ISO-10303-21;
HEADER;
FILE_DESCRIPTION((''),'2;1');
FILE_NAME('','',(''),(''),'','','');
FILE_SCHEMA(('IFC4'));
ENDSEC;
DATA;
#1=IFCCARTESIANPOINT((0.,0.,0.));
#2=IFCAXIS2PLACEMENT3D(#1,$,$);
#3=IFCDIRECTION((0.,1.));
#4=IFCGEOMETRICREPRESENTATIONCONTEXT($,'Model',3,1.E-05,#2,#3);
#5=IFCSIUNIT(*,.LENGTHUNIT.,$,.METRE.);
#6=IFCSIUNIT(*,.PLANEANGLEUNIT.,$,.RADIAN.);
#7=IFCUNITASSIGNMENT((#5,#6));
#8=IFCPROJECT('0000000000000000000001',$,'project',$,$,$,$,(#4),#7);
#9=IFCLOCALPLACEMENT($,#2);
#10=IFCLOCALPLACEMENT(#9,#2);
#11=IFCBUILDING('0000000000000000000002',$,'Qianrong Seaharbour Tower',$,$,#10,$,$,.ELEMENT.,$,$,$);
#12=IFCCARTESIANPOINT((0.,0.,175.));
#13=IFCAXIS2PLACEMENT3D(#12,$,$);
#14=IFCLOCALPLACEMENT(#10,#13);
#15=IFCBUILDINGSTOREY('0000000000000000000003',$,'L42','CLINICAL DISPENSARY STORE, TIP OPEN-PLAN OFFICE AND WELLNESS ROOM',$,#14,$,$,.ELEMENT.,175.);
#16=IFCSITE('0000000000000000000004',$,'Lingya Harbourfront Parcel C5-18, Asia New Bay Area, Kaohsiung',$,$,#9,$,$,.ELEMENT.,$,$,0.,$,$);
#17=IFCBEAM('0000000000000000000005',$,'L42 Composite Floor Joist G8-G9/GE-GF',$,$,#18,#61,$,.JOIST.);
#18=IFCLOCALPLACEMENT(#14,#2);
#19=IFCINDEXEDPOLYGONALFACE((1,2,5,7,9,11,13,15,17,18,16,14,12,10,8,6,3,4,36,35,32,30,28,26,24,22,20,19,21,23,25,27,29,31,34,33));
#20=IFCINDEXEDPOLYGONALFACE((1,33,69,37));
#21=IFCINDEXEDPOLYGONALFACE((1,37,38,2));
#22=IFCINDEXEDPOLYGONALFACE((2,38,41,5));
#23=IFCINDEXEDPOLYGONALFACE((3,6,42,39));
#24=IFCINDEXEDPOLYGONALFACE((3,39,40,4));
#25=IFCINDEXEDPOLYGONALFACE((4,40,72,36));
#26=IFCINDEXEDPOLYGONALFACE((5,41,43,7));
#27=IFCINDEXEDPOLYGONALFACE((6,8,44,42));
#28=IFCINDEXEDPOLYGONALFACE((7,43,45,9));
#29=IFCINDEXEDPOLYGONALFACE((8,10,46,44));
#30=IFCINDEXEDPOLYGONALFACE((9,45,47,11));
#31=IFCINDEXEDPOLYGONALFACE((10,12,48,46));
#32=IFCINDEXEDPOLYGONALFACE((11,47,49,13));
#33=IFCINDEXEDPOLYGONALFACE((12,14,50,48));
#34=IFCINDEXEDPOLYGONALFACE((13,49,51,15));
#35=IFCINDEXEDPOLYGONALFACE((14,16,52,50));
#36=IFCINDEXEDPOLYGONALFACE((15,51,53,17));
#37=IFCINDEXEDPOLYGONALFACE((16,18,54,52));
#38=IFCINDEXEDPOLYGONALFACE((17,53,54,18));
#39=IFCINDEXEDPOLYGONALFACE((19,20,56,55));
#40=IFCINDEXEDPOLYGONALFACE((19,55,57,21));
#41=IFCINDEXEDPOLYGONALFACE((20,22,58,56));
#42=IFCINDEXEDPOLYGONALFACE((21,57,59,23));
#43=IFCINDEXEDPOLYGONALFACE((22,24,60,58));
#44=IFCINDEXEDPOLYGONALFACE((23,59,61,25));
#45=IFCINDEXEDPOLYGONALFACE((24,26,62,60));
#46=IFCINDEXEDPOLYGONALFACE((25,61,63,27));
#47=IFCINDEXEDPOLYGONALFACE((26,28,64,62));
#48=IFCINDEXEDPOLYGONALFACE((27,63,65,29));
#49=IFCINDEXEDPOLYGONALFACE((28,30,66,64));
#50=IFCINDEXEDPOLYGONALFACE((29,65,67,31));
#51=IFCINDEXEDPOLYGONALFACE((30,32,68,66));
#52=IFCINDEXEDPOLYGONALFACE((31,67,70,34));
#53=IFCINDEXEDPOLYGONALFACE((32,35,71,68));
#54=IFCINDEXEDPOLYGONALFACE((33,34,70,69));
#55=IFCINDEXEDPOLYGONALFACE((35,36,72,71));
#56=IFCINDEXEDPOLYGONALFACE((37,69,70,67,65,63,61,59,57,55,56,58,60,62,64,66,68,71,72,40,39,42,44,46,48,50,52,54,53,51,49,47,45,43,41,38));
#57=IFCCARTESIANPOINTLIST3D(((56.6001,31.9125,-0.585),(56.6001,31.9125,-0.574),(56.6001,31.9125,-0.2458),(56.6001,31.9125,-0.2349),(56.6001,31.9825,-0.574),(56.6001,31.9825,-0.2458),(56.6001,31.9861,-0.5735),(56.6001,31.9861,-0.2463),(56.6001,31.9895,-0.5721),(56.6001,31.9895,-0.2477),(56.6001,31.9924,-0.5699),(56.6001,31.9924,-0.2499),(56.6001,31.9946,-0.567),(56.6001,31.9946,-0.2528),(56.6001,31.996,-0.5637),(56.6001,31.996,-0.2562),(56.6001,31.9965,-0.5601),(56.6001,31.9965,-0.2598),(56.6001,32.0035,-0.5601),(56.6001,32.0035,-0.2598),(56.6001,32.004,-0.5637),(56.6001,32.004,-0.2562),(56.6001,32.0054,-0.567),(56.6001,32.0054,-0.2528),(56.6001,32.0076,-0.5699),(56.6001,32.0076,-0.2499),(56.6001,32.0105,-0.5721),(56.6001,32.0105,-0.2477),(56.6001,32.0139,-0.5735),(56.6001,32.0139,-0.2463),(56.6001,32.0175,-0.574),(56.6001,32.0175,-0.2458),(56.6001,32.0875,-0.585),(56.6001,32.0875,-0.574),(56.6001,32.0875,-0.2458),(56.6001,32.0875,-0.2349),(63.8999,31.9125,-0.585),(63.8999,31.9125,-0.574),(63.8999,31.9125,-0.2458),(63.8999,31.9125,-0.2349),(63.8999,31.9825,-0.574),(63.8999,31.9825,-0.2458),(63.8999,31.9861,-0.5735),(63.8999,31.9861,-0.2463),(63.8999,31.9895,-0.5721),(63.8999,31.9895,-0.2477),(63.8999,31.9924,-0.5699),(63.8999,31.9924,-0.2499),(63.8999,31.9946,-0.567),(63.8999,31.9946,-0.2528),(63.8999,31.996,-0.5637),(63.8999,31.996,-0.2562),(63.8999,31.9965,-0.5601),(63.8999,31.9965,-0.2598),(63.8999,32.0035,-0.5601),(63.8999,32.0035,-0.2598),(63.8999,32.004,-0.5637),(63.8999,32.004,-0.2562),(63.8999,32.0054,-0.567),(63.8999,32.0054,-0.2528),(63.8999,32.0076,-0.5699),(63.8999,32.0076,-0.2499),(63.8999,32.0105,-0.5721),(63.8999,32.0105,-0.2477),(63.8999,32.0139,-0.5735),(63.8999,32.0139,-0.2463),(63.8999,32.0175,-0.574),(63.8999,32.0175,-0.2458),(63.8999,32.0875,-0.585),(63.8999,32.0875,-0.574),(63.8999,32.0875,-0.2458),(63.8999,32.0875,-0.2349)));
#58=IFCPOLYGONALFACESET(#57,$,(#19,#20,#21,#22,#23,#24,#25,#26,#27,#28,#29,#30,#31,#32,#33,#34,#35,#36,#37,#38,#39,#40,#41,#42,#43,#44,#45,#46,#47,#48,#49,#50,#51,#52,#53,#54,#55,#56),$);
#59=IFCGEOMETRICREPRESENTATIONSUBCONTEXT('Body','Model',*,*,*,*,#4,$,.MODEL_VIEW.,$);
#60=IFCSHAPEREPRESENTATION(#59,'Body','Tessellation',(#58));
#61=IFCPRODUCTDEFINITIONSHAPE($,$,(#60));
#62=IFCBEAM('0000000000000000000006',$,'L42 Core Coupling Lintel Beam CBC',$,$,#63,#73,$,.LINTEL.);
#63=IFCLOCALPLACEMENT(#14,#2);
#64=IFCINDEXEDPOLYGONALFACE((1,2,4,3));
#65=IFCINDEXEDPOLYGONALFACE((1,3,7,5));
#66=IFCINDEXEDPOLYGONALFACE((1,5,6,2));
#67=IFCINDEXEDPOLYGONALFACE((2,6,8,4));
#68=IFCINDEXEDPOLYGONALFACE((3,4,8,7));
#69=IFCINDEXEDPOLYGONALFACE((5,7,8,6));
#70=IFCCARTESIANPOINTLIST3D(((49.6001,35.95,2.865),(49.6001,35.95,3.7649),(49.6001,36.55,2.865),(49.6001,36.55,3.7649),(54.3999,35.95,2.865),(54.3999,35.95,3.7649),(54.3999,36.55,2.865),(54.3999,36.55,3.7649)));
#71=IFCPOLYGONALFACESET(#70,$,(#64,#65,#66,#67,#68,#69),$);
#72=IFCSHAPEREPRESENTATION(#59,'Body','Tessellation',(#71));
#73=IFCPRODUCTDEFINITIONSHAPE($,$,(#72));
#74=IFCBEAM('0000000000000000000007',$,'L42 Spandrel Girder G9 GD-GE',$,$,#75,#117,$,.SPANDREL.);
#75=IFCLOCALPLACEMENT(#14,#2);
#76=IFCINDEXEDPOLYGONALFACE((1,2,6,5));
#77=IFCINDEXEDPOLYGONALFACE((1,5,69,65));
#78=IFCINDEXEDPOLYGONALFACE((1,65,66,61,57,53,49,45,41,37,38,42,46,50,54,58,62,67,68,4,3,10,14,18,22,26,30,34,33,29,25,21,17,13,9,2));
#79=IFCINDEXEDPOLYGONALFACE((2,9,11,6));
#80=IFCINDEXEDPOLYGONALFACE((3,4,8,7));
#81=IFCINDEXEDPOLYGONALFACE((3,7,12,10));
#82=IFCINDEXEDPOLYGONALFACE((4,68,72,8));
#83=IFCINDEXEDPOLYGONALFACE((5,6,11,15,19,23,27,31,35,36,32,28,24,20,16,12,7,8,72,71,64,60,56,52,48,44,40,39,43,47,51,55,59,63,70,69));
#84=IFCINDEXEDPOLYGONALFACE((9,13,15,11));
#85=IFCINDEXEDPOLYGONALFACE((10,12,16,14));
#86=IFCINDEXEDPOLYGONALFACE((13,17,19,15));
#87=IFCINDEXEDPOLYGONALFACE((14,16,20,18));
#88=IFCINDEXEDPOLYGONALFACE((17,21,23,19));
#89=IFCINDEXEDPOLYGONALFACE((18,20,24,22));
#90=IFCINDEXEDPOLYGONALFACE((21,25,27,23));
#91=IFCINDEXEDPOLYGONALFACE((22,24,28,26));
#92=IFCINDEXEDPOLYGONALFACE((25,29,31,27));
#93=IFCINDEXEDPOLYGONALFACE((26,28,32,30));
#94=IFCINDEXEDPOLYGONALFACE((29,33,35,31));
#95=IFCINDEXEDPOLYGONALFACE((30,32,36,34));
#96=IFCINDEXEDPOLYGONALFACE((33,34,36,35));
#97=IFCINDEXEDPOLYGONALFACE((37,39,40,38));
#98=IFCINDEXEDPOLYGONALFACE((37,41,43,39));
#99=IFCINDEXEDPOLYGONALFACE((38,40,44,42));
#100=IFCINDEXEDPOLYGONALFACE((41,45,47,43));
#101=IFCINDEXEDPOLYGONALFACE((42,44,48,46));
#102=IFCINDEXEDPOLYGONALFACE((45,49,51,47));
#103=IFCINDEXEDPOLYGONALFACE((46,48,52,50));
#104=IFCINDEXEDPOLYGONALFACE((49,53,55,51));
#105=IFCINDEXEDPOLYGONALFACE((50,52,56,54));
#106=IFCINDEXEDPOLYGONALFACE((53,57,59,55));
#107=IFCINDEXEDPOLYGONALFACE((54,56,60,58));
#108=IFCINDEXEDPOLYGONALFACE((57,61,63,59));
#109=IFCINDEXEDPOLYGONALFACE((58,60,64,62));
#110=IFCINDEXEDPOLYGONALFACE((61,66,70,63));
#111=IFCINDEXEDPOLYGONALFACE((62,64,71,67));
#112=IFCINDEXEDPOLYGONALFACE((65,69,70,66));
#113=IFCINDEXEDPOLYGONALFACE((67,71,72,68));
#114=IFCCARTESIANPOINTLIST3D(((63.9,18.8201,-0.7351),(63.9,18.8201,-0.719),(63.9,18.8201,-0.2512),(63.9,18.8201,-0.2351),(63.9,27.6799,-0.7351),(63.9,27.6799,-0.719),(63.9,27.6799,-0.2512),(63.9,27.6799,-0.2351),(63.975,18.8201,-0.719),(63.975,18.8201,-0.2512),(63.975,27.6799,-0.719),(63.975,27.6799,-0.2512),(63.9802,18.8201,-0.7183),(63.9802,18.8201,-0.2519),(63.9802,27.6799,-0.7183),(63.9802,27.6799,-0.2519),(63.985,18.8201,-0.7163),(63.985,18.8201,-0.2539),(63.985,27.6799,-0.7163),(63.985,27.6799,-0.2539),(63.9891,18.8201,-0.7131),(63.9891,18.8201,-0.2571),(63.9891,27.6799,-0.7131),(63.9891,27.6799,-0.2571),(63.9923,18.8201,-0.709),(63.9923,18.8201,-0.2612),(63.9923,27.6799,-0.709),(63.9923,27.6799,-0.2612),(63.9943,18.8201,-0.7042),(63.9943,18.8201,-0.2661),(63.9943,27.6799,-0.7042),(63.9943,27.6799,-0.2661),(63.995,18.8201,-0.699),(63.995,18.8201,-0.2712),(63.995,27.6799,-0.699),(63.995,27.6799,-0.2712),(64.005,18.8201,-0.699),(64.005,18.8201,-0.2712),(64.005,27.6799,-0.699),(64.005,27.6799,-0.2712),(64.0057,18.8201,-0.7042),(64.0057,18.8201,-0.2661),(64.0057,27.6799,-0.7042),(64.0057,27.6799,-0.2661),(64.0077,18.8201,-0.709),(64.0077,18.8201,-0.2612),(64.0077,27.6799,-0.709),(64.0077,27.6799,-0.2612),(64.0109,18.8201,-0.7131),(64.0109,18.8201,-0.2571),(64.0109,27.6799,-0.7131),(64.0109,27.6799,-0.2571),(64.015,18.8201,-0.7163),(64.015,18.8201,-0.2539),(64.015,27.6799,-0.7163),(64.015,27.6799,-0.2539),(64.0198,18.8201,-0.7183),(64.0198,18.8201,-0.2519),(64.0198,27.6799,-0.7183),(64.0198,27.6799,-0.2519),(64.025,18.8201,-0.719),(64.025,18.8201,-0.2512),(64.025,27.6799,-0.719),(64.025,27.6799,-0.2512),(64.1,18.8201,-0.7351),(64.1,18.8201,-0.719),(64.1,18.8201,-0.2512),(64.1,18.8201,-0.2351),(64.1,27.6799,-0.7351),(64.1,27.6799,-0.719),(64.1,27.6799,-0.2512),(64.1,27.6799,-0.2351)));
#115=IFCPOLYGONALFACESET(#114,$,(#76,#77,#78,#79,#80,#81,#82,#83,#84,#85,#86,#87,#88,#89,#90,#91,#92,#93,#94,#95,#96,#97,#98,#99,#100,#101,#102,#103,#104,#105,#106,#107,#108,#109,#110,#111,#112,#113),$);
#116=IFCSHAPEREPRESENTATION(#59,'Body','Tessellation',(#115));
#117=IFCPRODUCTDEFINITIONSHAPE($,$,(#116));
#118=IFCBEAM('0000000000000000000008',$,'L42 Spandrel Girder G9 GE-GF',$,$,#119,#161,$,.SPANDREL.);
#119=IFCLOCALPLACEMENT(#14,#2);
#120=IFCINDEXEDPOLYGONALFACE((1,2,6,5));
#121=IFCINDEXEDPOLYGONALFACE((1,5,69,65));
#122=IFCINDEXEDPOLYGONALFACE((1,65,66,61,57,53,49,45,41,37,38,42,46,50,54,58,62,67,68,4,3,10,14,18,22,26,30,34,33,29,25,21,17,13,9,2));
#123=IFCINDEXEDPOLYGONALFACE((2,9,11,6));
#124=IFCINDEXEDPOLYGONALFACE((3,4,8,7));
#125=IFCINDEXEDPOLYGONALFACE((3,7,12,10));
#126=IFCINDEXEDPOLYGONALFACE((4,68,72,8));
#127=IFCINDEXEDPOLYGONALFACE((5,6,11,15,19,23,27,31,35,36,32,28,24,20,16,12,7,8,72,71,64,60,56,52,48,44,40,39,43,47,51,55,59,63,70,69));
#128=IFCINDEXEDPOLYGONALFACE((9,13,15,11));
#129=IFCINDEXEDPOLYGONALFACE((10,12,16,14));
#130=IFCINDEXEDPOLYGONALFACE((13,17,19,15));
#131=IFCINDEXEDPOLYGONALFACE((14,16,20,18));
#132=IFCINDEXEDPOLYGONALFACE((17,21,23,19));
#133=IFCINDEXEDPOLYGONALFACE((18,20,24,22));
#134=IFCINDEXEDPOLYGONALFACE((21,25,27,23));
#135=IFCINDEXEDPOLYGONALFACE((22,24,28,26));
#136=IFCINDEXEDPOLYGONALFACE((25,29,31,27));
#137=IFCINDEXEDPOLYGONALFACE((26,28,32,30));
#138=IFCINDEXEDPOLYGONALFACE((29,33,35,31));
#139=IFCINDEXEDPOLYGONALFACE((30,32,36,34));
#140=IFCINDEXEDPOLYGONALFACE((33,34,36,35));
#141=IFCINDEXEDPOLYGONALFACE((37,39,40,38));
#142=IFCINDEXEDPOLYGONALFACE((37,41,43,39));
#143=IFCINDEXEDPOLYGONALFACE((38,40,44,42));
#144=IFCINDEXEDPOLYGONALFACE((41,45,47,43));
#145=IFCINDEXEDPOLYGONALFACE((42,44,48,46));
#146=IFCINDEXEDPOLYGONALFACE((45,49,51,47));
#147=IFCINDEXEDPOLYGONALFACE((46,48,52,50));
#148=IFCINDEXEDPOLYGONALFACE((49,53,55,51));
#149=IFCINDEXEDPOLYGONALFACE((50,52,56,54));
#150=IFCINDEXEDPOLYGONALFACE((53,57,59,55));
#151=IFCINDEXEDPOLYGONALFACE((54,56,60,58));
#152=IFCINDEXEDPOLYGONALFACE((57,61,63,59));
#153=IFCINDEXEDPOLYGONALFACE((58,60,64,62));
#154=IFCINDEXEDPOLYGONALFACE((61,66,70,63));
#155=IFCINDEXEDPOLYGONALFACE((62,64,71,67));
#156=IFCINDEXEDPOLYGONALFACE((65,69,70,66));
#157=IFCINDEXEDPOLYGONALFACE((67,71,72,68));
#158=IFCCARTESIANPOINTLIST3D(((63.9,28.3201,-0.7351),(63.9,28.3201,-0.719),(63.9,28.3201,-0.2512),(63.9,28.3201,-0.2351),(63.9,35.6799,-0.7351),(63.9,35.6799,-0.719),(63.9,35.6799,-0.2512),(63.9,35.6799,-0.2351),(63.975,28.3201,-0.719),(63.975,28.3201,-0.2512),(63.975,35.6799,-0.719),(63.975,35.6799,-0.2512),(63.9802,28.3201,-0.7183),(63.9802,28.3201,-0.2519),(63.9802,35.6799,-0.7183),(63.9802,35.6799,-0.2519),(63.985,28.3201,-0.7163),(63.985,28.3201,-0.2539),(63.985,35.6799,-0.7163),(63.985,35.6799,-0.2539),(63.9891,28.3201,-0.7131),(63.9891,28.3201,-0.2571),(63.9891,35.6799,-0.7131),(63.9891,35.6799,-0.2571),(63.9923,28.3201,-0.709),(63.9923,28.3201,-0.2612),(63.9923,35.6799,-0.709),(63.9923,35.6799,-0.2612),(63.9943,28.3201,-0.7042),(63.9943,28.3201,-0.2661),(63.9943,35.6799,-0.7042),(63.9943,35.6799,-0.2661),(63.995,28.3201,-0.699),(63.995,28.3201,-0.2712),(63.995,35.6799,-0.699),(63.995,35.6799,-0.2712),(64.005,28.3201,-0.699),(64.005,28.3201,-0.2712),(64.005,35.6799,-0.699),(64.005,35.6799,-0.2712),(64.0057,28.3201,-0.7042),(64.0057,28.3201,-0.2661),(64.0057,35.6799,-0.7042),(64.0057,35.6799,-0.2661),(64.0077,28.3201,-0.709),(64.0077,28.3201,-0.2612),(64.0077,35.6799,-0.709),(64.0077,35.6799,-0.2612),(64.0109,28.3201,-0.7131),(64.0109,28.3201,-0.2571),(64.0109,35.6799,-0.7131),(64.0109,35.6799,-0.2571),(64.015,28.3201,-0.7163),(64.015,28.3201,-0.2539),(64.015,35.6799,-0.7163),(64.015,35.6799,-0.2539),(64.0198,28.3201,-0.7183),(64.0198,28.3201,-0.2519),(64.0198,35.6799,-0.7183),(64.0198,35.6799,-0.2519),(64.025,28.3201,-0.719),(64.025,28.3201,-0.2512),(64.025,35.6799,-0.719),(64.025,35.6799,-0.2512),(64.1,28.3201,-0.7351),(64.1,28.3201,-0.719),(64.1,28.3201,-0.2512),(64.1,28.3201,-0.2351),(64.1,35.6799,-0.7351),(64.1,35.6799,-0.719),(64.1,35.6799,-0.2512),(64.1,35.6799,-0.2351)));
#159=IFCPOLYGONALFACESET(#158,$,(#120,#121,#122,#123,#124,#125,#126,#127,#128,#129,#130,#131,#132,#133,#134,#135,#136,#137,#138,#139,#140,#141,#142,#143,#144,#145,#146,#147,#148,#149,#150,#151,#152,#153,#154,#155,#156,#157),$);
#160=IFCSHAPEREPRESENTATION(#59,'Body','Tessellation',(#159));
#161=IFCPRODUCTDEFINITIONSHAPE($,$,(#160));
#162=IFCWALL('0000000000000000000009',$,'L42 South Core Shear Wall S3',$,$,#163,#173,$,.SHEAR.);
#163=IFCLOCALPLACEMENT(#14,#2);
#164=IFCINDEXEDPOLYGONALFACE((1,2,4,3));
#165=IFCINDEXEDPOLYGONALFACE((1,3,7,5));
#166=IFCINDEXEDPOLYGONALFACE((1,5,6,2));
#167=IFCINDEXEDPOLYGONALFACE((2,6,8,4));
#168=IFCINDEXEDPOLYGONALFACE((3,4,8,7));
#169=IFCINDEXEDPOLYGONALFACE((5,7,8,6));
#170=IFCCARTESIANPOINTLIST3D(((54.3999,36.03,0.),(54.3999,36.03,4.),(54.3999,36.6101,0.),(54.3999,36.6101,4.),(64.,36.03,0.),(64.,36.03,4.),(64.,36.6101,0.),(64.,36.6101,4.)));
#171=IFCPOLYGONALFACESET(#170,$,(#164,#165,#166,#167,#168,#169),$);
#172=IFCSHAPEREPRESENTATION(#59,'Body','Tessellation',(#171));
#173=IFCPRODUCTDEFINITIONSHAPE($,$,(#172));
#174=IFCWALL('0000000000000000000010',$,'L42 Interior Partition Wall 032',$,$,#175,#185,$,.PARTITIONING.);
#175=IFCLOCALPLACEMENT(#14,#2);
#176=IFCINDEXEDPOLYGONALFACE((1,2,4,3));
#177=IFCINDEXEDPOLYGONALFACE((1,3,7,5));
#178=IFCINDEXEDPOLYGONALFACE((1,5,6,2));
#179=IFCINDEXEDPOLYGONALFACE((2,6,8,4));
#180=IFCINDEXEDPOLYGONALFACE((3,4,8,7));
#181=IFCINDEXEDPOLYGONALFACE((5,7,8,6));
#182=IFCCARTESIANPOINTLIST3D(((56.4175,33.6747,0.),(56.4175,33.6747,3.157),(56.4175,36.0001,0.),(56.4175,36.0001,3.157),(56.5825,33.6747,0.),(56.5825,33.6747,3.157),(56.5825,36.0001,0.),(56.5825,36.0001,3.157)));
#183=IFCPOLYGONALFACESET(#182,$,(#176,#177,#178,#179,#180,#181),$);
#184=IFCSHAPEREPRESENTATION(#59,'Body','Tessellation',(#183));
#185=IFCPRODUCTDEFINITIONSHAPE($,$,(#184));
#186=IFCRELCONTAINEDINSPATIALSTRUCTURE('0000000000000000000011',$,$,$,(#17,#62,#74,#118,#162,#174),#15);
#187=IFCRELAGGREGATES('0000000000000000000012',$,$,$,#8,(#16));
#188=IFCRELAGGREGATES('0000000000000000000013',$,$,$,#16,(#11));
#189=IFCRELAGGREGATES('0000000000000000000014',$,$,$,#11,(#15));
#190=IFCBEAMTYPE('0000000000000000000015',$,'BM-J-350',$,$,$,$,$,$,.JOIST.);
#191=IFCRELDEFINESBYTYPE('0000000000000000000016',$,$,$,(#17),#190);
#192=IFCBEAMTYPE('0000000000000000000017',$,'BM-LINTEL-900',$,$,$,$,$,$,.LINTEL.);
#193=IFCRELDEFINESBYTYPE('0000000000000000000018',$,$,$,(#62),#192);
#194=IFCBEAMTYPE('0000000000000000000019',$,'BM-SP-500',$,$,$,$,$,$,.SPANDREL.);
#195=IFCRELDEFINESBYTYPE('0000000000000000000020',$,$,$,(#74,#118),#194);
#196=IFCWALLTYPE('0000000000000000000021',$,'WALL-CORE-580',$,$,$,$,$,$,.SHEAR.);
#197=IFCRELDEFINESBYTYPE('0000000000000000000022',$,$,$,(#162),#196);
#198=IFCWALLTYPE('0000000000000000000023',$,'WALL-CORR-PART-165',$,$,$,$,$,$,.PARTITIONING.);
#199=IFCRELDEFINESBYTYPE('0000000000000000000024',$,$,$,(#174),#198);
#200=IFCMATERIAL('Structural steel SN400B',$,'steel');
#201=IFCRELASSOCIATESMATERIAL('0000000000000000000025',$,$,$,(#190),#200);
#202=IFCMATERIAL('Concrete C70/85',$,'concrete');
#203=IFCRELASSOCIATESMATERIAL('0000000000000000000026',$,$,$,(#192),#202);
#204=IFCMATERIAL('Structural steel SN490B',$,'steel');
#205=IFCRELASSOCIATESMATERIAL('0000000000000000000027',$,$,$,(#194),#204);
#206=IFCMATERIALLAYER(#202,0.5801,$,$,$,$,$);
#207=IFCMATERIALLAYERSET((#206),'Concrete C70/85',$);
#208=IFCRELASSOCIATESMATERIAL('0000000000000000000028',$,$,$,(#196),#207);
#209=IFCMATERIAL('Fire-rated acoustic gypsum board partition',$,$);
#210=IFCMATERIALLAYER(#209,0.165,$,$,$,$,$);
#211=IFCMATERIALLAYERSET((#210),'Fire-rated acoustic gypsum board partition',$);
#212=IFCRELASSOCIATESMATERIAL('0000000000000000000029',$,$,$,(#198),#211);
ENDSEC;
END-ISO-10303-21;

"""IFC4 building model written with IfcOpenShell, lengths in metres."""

from ifc_helpers import new_model, si_unit, direction, frame, frame_2d, origin, origin_2d, place, context, subcontext, project, spatial, rectangle, i_section, extrude, material, layer, layer_set, material_profile, profile_set, type_object, element, save


model = new_model("IFC4")

# Units and contexts
model_context = context("Model", 3, precision=1e-05, world=origin(), true_north=direction((0.0, 1.0)))
body_context = subcontext(model_context, "Body", "Model", "MODEL_VIEW")
ifc_project = project(units=[si_unit("LENGTHUNIT", "METRE"), si_unit("PLANEANGLEUNIT", "RADIAN")], contexts=[model_context])

# Site, building, storey
site_placement = place(None, origin())
site = spatial("IfcSite", under=ifc_project, at=site_placement, Name="Lingya Harbourfront Parcel C5-18, Asia New Bay Area, Kaohsiung", CompositionType="ELEMENT", RefElevation=0.0)
building_placement = place(site_placement, origin())
building = spatial("IfcBuilding", under=site, at=building_placement, Name="Qianrong Seaharbour Tower", CompositionType="ELEMENT")
storey_placement = place(building_placement, frame((0.0, 0.0, 175.0)))
storey = spatial("IfcBuildingStorey", under=building, at=storey_placement, Name="L42", Description="CLINICAL DISPENSARY STORE, TIP OPEN-PLAN OFFICE AND WELLNESS ROOM", CompositionType="ELEMENT", Elevation=175.0)

# Shared definitions
ifc_material_1 = material(Name="Structural steel SN490B", Category="steel")

# Beams
ifc_material_2 = material(Name="Structural steel SN400B", Category="steel")
ifc_material_profile_1 = material_profile(ifc_material_2, i_section(OverallWidth=0.175, OverallDepth=0.3501, WebThickness=0.0071, FlangeThickness=0.011, FilletRadius=0.0139, at=origin_2d()), Name="H350x175x7x11")
ifc_profile_set_1 = profile_set([ifc_material_profile_1], Name="Structural steel SN400B")
beam_type_1 = type_object("IfcBeamType", Name="BM-J-350", PredefinedType="JOIST", material=ifc_profile_set_1)
beam_1_placement = place(storey_placement, frame((56.6001, 32.0, -0.4099), z_axis=(1.0, 0.0, 0.0), x_axis=(0.0, 1.0, 0.0)))
element("IfcBeam", 1, at=beam_1_placement, inside=storey, type_object=beam_type_1, Name="L42 Composite Floor Joist G8-G9/GE-GF", PredefinedType="JOIST", context=body_context, shape_type="SweptSolid", body=[
    extrude(i_section(OverallWidth=0.175, OverallDepth=0.3501, WebThickness=0.0071, FlangeThickness=0.011, FilletRadius=0.0139, at=origin_2d()), origin(), (0.0, 0.0, 1.0), 7.2998),
])
ifc_material_3 = material(Name="Concrete C70/85", Category="concrete")
ifc_material_profile_2 = material_profile(ifc_material_3, rectangle(XDim=0.6001, YDim=0.8999, at=origin_2d()), Name="RC600x900")
ifc_profile_set_2 = profile_set([ifc_material_profile_2], Name="Concrete C70/85")
beam_type_2 = type_object("IfcBeamType", Name="BM-LINTEL-900", PredefinedType="LINTEL", material=ifc_profile_set_2)
beam_2_placement = place(storey_placement, frame((49.6001, 36.25, 3.3149), z_axis=(1.0, 0.0, 0.0), x_axis=(0.0, 1.0, 0.0)))
element("IfcBeam", 2, at=beam_2_placement, inside=storey, type_object=beam_type_2, Name="L42 Core Coupling Lintel Beam CBC", PredefinedType="LINTEL", context=body_context, shape_type="SweptSolid", body=[
    extrude(rectangle(XDim=0.6001, YDim=0.8999, at=origin_2d()), origin(), (0.0, 0.0, 1.0), 4.7998),
])
ifc_material_profile_3 = material_profile(ifc_material_1, i_section(OverallWidth=0.2, OverallDepth=0.5, WebThickness=0.01, FlangeThickness=0.0161, FilletRadius=0.02, at=origin_2d()), Name="H500x200x10x16")
ifc_profile_set_3 = profile_set([ifc_material_profile_3], Name="Structural steel SN490B")
beam_type_3 = type_object("IfcBeamType", Name="BM-SP-500", PredefinedType="SPANDREL", material=ifc_profile_set_3)
beam_3_placement = place(storey_placement, frame((64.0, 18.8201, -0.4851), z_axis=(0.0, 1.0, 0.0), x_axis=(-1.0, 0.0, 0.0)))
element("IfcBeam", 3, at=beam_3_placement, inside=storey, type_object=beam_type_3, Name="L42 Spandrel Girder G9 GD-GE", PredefinedType="SPANDREL", context=body_context, shape_type="SweptSolid", body=[
    extrude(i_section(OverallWidth=0.2, OverallDepth=0.5, WebThickness=0.01, FlangeThickness=0.0161, FilletRadius=0.02, at=origin_2d()), origin(), (0.0, 0.0, 1.0), 8.8599),
])
beam_4_placement = place(storey_placement, frame((64.0, 28.3201, -0.4851), z_axis=(0.0, 1.0, 0.0), x_axis=(-1.0, 0.0, 0.0)))
element("IfcBeam", 4, at=beam_4_placement, inside=storey, type_object=beam_type_3, Name="L42 Spandrel Girder G9 GE-GF", PredefinedType="SPANDREL", context=body_context, shape_type="SweptSolid", body=[
    extrude(i_section(OverallWidth=0.2, OverallDepth=0.5, WebThickness=0.01, FlangeThickness=0.0161, FilletRadius=0.02, at=origin_2d()), origin(), (0.0, 0.0, 1.0), 7.3599),
])

# Walls
ifc_layer_1 = layer(ifc_material_3, 0.5801)
ifc_layer_set_1 = layer_set([ifc_layer_1], Name="Concrete C70/85")
wall_type_1 = type_object("IfcWallType", Name="WALL-CORE-580", PredefinedType="SHEAR", material=ifc_layer_set_1)
wall_1_placement = place(storey_placement, frame((54.3999, 36.3201, 0.0), z_axis=(0.0, 0.0, 1.0), x_axis=(1.0, 0.0, 0.0)))
element("IfcWall", 5, at=wall_1_placement, inside=storey, type_object=wall_type_1, Name="L42 South Core Shear Wall S3", PredefinedType="SHEAR", context=body_context, shape_type="SweptSolid", body=[
    extrude(rectangle(XDim=9.6001, YDim=0.5801, at=frame_2d((4.8, 0.0))), origin(), (0.0, 0.0, 1.0), 4.0),
])
ifc_material_4 = material(Name="Fire-rated acoustic gypsum board partition")
ifc_layer_2 = layer(ifc_material_4, 0.165)
ifc_layer_set_2 = layer_set([ifc_layer_2], Name="Fire-rated acoustic gypsum board partition")
wall_type_2 = type_object("IfcWallType", Name="WALL-CORR-PART-165", PredefinedType="PARTITIONING", material=ifc_layer_set_2)
wall_2_placement = place(storey_placement, frame((56.5, 36.0, 0.0), z_axis=(0.0, 0.0, 1.0), x_axis=(0.0, -1.0, 0.0)))
element("IfcWall", 6, at=wall_2_placement, inside=storey, type_object=wall_type_2, Name="L42 Interior Partition Wall 032", PredefinedType="PARTITIONING", context=body_context, shape_type="SweptSolid", body=[
    extrude(rectangle(XDim=2.3254, YDim=0.165, at=frame_2d((1.1626, 0.0))), origin(), (0.0, 0.0, 1.0), 3.157),
])

save(model, "model.ifc")
